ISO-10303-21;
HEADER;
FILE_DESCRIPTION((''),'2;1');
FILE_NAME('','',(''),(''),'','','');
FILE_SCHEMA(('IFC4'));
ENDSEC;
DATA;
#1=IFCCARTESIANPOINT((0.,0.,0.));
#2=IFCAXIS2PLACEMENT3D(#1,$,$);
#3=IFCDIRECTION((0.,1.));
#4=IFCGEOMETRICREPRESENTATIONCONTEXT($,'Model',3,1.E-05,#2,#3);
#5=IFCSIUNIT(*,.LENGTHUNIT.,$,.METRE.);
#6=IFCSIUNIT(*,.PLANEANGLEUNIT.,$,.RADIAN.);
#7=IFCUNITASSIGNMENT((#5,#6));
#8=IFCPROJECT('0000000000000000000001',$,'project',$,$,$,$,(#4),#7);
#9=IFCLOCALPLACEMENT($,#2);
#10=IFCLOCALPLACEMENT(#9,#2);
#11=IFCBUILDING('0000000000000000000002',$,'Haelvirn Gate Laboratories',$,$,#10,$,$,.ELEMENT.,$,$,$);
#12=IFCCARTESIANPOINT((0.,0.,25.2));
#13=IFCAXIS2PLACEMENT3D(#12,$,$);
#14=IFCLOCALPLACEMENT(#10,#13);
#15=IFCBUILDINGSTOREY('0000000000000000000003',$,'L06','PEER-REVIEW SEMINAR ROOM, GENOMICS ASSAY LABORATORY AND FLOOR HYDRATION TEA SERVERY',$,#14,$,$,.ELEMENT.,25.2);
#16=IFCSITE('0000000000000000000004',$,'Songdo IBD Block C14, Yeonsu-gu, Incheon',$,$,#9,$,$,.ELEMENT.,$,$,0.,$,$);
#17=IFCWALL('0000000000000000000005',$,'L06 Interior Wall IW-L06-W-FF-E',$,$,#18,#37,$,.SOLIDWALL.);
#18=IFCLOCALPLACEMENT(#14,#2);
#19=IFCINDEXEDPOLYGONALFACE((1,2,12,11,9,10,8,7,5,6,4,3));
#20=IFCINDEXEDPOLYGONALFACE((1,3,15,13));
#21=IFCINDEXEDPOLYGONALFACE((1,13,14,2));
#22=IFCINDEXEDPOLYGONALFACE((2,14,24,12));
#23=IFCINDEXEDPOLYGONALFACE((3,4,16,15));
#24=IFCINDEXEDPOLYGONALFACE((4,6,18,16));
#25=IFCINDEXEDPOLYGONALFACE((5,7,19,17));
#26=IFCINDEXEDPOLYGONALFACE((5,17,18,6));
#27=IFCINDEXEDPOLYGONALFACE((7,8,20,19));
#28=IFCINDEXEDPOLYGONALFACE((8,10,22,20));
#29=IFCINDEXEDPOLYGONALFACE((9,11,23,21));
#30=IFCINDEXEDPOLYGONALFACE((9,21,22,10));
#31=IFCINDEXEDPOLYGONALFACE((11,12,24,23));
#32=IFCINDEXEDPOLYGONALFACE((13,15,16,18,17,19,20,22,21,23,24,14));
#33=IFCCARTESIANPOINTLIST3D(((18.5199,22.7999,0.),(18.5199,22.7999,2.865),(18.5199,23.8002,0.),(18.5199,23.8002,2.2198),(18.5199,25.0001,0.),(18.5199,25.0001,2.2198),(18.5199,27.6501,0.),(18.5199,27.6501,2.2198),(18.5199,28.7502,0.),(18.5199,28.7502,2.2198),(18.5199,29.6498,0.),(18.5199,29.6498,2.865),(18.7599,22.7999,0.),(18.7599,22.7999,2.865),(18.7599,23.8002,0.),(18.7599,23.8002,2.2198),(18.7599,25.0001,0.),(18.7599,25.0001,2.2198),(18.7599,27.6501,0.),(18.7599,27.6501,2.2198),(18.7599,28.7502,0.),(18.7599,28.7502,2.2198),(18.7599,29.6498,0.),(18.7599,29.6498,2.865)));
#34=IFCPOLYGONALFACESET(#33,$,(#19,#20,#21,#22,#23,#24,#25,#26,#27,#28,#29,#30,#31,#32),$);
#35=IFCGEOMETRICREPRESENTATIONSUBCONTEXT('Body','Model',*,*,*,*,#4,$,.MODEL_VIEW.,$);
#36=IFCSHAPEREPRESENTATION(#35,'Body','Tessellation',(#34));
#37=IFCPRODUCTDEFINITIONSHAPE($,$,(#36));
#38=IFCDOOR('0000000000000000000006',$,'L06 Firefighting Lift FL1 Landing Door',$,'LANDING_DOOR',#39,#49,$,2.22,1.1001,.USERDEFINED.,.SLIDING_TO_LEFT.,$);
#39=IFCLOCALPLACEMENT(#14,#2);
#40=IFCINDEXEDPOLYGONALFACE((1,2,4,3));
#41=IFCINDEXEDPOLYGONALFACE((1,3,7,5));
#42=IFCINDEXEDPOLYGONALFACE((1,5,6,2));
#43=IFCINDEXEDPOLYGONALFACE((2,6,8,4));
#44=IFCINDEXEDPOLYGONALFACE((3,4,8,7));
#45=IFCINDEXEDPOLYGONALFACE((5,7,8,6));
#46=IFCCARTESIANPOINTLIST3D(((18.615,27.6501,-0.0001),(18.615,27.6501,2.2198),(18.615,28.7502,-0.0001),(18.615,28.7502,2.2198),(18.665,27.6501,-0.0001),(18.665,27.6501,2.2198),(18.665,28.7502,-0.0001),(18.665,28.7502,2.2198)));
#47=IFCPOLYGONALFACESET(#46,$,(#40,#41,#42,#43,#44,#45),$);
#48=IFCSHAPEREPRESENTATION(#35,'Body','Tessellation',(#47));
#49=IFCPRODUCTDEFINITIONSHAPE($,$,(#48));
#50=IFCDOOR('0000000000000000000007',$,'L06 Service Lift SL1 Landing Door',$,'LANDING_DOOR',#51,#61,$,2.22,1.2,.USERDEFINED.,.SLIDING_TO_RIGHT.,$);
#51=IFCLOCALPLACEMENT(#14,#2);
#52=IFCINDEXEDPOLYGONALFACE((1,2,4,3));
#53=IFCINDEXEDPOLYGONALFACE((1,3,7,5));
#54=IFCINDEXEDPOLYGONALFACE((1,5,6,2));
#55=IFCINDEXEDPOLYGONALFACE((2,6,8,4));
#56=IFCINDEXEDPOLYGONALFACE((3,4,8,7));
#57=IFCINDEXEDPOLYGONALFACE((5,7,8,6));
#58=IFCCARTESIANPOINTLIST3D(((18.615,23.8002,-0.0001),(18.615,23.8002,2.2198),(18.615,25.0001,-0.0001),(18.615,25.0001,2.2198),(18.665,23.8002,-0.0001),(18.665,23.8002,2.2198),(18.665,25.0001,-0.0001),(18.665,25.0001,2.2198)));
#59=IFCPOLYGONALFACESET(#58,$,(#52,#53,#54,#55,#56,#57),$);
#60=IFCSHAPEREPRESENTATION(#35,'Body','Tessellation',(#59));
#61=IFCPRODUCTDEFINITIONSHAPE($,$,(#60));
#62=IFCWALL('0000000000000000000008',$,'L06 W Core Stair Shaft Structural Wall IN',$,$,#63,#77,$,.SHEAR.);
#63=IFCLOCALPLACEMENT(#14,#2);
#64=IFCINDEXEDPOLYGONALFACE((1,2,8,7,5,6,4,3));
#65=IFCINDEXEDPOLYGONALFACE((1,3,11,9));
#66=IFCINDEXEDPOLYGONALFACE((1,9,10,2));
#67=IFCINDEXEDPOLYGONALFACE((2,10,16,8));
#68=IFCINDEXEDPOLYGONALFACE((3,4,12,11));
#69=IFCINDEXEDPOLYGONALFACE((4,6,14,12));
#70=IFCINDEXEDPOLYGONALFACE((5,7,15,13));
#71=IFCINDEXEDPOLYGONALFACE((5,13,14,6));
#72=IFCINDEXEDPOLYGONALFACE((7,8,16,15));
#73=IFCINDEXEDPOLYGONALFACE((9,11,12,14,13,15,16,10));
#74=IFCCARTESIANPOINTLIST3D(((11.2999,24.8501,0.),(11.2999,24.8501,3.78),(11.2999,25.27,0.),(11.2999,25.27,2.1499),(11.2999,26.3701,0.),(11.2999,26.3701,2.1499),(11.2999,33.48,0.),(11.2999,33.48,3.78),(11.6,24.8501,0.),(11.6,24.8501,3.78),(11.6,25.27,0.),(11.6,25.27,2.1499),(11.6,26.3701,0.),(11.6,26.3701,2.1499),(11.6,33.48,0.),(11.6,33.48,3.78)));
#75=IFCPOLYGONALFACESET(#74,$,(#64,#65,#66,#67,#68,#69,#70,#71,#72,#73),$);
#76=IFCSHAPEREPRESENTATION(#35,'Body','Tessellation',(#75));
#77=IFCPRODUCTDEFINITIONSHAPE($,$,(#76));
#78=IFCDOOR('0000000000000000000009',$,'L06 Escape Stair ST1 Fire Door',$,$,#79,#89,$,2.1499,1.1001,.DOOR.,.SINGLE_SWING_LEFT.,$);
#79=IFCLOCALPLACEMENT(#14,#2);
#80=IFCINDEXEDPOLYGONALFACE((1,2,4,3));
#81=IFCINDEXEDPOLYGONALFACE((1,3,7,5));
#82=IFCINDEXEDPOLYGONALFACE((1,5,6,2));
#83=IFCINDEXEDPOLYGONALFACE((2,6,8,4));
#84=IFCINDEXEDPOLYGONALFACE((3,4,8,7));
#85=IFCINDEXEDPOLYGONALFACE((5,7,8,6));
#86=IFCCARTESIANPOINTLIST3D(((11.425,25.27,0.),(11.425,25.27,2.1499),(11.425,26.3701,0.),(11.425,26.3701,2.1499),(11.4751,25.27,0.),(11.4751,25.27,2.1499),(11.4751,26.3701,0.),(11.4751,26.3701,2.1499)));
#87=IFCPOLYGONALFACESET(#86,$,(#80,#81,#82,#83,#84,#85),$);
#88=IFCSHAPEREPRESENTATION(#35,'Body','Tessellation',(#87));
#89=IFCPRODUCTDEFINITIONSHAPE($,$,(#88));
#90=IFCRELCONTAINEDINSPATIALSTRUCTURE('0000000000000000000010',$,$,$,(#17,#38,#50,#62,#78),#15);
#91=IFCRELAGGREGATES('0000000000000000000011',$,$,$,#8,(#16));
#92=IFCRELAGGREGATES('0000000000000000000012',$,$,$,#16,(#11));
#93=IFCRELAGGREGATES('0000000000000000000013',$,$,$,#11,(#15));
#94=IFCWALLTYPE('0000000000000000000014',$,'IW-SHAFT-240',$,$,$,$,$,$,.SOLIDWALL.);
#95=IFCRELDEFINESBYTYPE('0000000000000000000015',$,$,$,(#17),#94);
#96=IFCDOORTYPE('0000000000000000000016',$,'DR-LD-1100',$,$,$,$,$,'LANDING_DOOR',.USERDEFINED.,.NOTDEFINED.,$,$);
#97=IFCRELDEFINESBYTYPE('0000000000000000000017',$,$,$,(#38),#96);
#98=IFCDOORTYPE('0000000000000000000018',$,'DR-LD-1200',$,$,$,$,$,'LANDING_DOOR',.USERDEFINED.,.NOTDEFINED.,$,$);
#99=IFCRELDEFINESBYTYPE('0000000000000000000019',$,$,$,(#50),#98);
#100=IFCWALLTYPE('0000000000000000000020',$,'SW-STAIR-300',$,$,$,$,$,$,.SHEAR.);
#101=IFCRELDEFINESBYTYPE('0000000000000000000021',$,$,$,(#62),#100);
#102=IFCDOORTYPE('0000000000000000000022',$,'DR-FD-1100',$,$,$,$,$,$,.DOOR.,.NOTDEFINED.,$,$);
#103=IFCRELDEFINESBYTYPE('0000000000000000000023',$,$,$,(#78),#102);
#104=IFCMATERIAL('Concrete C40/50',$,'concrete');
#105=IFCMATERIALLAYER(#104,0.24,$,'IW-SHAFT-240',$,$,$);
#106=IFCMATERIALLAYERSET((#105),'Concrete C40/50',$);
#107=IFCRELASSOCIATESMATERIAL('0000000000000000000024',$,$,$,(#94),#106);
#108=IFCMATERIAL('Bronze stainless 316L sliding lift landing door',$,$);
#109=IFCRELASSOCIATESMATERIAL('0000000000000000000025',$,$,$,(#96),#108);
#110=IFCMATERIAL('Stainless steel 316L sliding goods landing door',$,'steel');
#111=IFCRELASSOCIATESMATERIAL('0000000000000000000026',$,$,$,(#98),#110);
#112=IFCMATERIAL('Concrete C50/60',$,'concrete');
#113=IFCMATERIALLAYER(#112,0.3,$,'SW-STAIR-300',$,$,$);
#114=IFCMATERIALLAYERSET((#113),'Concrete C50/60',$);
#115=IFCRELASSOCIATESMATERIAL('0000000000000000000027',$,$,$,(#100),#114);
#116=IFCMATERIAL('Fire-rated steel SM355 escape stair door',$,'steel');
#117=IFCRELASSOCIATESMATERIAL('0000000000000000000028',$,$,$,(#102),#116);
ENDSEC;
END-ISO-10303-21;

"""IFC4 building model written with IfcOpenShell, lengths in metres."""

from ifc_helpers import new_model, si_unit, direction, frame, frame_2d, origin, place, context, subcontext, project, spatial, rectangle, extrude, source, transform, mapped, material, layer, layer_set, type_object, type_shapes, element, fill, save


model = new_model("IFC4")

# Units and contexts
model_context = context("Model", 3, precision=1e-05, world=origin(), true_north=direction((0.0, 1.0)))
body_context = subcontext(model_context, "Body", "Model", "MODEL_VIEW")
ifc_project = project(units=[si_unit("LENGTHUNIT", "METRE"), si_unit("PLANEANGLEUNIT", "RADIAN")], contexts=[model_context])

# Site, building, storey
site_placement = place(None, origin())
site = spatial("IfcSite", under=ifc_project, at=site_placement, Name="Songdo IBD Block C14, Yeonsu-gu, Incheon", CompositionType="ELEMENT", RefElevation=0.0)
building_placement = place(site_placement, origin())
building = spatial("IfcBuilding", under=site, at=building_placement, Name="Haelvirn Gate Laboratories", CompositionType="ELEMENT")
storey_placement = place(building_placement, frame((0.0, 0.0, 25.2)))
storey = spatial("IfcBuildingStorey", under=building, at=storey_placement, Name="L06", Description="PEER-REVIEW SEMINAR ROOM, GENOMICS ASSAY LABORATORY AND FLOOR HYDRATION TEA SERVERY", CompositionType="ELEMENT", Elevation=25.2)

# Shared definitions
ifc_material_1 = material(Name="Concrete C40/50", Category="concrete")

# Shared definitions
ifc_layer_1 = layer(ifc_material_1, 0.24, Name="IW-SHAFT-240")
ifc_layer_set_1 = layer_set([ifc_layer_1], Name="Concrete C40/50")
wall_type_1 = type_object("IfcWallType", Name="IW-SHAFT-240", PredefinedType="SOLIDWALL", material=ifc_layer_set_1)

# Wall, openings, doors
wall_1_placement = place(storey_placement, frame((18.6399, 22.8, 0.0), z_axis=(0.0, 0.0, 1.0), x_axis=(0.0, 1.0, 0.0)))
wall_1 = element("IfcWall", 1, at=wall_1_placement, inside=storey, type_object=wall_type_1, Name="L06 Interior Wall IW-L06-W-FF-E", PredefinedType="SOLIDWALL", context=body_context, shape_type="SweptSolid", body=[
    extrude(rectangle(XDim=6.8499, YDim=0.24, at=frame_2d((3.4248, 0.0))), origin(), (0.0, 0.0, 1.0), 2.865),
])
opening_1_placement = place(wall_1_placement, frame((4.8501, 0.0, 0.0)))
opening_1 = element("IfcOpeningElement", 2, at=opening_1_placement, cuts=wall_1, PredefinedType="OPENING", context=body_context, shape_type="SweptSolid", body=[
    extrude(rectangle(XDim=1.1001, YDim=2.22, at=frame_2d((0.55, 1.1099))), frame((0.0, 0.1299, 0.0), z_axis=(0.0, -1.0, 0.0), x_axis=(1.0, 0.0, 0.0)), (0.0, 0.0, 1.0), 0.26),
])
opening_2_placement = place(wall_1_placement, frame((1.0, 0.0, 0.0)))
opening_2 = element("IfcOpeningElement", 3, at=opening_2_placement, cuts=wall_1, PredefinedType="OPENING", context=body_context, shape_type="SweptSolid", body=[
    extrude(rectangle(XDim=1.2, YDim=2.22, at=frame_2d((0.6001, 1.1099))), frame((0.0, 0.1299, 0.0), z_axis=(0.0, -1.0, 0.0), x_axis=(1.0, 0.0, 0.0)), (0.0, 0.0, 1.0), 0.26),
])
ifc_material_2 = material(Name="Bronze stainless 316L sliding lift landing door")
door_type_1 = type_object("IfcDoorType", Name="DR-LD-1100", ElementType="LANDING_DOOR", OperationType="NOTDEFINED", PredefinedType="USERDEFINED", material=ifc_material_2)
shared_shape_1 = source(origin(), body_context, "Body", "SweptSolid", [
    extrude(rectangle(XDim=1.1001, YDim=2.22, at=frame_2d((0.55, 1.1099))), frame((0.0, 0.0249, 0.0), z_axis=(0.0, -1.0, 0.0), x_axis=(1.0, 0.0, 0.0)), (0.0, 0.0, 1.0), 0.05),
])
type_shapes(door_type_1, [shared_shape_1])
door_1_placement = place(opening_1_placement, origin())
door_1 = element("IfcDoor", 4, at=door_1_placement, inside=storey, type_object=door_type_1, Name="L06 Firefighting Lift FL1 Landing Door", ObjectType="LANDING_DOOR", OperationType="SLIDING_TO_LEFT", OverallHeight=2.22, OverallWidth=1.1001, PredefinedType="USERDEFINED", context=body_context, shape_type="MappedRepresentation", body=[
    mapped(shared_shape_1, transform((0.0, 0.0, 0.0), scale=1.0)),
])
fill(opening_1, door_1)
ifc_material_3 = material(Name="Stainless steel 316L sliding goods landing door", Category="steel")
door_type_2 = type_object("IfcDoorType", Name="DR-LD-1200", ElementType="LANDING_DOOR", OperationType="NOTDEFINED", PredefinedType="USERDEFINED", material=ifc_material_3)
shared_shape_2 = source(origin(), body_context, "Body", "SweptSolid", [
    extrude(rectangle(XDim=1.2, YDim=2.22, at=frame_2d((0.6001, 1.1099))), frame((0.0, 0.0249, 0.0), z_axis=(0.0, -1.0, 0.0), x_axis=(1.0, 0.0, 0.0)), (0.0, 0.0, 1.0), 0.05),
])
type_shapes(door_type_2, [shared_shape_2])
door_2_placement = place(opening_2_placement, origin())
door_2 = element("IfcDoor", 5, at=door_2_placement, inside=storey, type_object=door_type_2, Name="L06 Service Lift SL1 Landing Door", ObjectType="LANDING_DOOR", OperationType="SLIDING_TO_RIGHT", OverallHeight=2.22, OverallWidth=1.2, PredefinedType="USERDEFINED", context=body_context, shape_type="MappedRepresentation", body=[
    mapped(shared_shape_2, transform((0.0, 0.0, 0.0), scale=1.0)),
])
fill(opening_2, door_2)

# Wall, opening, door
ifc_material_4 = material(Name="Concrete C50/60", Category="concrete")
ifc_layer_2 = layer(ifc_material_4, 0.3, Name="SW-STAIR-300")
ifc_layer_set_2 = layer_set([ifc_layer_2], Name="Concrete C50/60")
wall_type_2 = type_object("IfcWallType", Name="SW-STAIR-300", PredefinedType="SHEAR", material=ifc_layer_set_2)
wall_2_placement = place(storey_placement, frame((11.45, 24.8501, 0.0), z_axis=(0.0, 0.0, 1.0), x_axis=(0.0, 1.0, 0.0)))
wall_2 = element("IfcWall", 6, at=wall_2_placement, inside=storey, type_object=wall_type_2, Name="L06 W Core Stair Shaft Structural Wall IN", PredefinedType="SHEAR", context=body_context, shape_type="SweptSolid", body=[
    extrude(rectangle(XDim=8.6299, YDim=0.3, at=frame_2d((4.3149, 0.0))), origin(), (0.0, 0.0, 1.0), 3.78),
])
opening_3_placement = place(wall_2_placement, frame((0.4199, 0.0, 0.0)))
opening_3 = element("IfcOpeningElement", 7, at=opening_3_placement, cuts=wall_2, PredefinedType="OPENING", context=body_context, shape_type="SweptSolid", body=[
    extrude(rectangle(XDim=1.1001, YDim=2.1499, at=frame_2d((0.55, 1.075))), frame((0.0, 0.1602, 0.0), z_axis=(0.0, -1.0, 0.0), x_axis=(1.0, 0.0, 0.0)), (0.0, 0.0, 1.0), 0.3201),
])
ifc_material_5 = material(Name="Fire-rated steel SM355 escape stair door", Category="steel")
door_type_3 = type_object("IfcDoorType", Name="DR-FD-1100", OperationType="NOTDEFINED", PredefinedType="DOOR", material=ifc_material_5)
shared_shape_3 = source(origin(), body_context, "Body", "SweptSolid", [
    extrude(rectangle(XDim=1.1001, YDim=2.1499, at=frame_2d((0.55, 1.075))), frame((0.0, 0.0249, 0.0), z_axis=(0.0, -1.0, 0.0), x_axis=(1.0, 0.0, 0.0)), (0.0, 0.0, 1.0), 0.05),
])
type_shapes(door_type_3, [shared_shape_3])
door_3_placement = place(opening_3_placement, origin())
door_3 = element("IfcDoor", 8, at=door_3_placement, inside=storey, type_object=door_type_3, Name="L06 Escape Stair ST1 Fire Door", OperationType="SINGLE_SWING_LEFT", OverallHeight=2.1499, OverallWidth=1.1001, PredefinedType="DOOR", context=body_context, shape_type="MappedRepresentation", body=[
    mapped(shared_shape_3, transform((0.0, 0.0, 0.0), scale=1.0)),
])
fill(opening_3, door_3)

save(model, "model.ifc")
